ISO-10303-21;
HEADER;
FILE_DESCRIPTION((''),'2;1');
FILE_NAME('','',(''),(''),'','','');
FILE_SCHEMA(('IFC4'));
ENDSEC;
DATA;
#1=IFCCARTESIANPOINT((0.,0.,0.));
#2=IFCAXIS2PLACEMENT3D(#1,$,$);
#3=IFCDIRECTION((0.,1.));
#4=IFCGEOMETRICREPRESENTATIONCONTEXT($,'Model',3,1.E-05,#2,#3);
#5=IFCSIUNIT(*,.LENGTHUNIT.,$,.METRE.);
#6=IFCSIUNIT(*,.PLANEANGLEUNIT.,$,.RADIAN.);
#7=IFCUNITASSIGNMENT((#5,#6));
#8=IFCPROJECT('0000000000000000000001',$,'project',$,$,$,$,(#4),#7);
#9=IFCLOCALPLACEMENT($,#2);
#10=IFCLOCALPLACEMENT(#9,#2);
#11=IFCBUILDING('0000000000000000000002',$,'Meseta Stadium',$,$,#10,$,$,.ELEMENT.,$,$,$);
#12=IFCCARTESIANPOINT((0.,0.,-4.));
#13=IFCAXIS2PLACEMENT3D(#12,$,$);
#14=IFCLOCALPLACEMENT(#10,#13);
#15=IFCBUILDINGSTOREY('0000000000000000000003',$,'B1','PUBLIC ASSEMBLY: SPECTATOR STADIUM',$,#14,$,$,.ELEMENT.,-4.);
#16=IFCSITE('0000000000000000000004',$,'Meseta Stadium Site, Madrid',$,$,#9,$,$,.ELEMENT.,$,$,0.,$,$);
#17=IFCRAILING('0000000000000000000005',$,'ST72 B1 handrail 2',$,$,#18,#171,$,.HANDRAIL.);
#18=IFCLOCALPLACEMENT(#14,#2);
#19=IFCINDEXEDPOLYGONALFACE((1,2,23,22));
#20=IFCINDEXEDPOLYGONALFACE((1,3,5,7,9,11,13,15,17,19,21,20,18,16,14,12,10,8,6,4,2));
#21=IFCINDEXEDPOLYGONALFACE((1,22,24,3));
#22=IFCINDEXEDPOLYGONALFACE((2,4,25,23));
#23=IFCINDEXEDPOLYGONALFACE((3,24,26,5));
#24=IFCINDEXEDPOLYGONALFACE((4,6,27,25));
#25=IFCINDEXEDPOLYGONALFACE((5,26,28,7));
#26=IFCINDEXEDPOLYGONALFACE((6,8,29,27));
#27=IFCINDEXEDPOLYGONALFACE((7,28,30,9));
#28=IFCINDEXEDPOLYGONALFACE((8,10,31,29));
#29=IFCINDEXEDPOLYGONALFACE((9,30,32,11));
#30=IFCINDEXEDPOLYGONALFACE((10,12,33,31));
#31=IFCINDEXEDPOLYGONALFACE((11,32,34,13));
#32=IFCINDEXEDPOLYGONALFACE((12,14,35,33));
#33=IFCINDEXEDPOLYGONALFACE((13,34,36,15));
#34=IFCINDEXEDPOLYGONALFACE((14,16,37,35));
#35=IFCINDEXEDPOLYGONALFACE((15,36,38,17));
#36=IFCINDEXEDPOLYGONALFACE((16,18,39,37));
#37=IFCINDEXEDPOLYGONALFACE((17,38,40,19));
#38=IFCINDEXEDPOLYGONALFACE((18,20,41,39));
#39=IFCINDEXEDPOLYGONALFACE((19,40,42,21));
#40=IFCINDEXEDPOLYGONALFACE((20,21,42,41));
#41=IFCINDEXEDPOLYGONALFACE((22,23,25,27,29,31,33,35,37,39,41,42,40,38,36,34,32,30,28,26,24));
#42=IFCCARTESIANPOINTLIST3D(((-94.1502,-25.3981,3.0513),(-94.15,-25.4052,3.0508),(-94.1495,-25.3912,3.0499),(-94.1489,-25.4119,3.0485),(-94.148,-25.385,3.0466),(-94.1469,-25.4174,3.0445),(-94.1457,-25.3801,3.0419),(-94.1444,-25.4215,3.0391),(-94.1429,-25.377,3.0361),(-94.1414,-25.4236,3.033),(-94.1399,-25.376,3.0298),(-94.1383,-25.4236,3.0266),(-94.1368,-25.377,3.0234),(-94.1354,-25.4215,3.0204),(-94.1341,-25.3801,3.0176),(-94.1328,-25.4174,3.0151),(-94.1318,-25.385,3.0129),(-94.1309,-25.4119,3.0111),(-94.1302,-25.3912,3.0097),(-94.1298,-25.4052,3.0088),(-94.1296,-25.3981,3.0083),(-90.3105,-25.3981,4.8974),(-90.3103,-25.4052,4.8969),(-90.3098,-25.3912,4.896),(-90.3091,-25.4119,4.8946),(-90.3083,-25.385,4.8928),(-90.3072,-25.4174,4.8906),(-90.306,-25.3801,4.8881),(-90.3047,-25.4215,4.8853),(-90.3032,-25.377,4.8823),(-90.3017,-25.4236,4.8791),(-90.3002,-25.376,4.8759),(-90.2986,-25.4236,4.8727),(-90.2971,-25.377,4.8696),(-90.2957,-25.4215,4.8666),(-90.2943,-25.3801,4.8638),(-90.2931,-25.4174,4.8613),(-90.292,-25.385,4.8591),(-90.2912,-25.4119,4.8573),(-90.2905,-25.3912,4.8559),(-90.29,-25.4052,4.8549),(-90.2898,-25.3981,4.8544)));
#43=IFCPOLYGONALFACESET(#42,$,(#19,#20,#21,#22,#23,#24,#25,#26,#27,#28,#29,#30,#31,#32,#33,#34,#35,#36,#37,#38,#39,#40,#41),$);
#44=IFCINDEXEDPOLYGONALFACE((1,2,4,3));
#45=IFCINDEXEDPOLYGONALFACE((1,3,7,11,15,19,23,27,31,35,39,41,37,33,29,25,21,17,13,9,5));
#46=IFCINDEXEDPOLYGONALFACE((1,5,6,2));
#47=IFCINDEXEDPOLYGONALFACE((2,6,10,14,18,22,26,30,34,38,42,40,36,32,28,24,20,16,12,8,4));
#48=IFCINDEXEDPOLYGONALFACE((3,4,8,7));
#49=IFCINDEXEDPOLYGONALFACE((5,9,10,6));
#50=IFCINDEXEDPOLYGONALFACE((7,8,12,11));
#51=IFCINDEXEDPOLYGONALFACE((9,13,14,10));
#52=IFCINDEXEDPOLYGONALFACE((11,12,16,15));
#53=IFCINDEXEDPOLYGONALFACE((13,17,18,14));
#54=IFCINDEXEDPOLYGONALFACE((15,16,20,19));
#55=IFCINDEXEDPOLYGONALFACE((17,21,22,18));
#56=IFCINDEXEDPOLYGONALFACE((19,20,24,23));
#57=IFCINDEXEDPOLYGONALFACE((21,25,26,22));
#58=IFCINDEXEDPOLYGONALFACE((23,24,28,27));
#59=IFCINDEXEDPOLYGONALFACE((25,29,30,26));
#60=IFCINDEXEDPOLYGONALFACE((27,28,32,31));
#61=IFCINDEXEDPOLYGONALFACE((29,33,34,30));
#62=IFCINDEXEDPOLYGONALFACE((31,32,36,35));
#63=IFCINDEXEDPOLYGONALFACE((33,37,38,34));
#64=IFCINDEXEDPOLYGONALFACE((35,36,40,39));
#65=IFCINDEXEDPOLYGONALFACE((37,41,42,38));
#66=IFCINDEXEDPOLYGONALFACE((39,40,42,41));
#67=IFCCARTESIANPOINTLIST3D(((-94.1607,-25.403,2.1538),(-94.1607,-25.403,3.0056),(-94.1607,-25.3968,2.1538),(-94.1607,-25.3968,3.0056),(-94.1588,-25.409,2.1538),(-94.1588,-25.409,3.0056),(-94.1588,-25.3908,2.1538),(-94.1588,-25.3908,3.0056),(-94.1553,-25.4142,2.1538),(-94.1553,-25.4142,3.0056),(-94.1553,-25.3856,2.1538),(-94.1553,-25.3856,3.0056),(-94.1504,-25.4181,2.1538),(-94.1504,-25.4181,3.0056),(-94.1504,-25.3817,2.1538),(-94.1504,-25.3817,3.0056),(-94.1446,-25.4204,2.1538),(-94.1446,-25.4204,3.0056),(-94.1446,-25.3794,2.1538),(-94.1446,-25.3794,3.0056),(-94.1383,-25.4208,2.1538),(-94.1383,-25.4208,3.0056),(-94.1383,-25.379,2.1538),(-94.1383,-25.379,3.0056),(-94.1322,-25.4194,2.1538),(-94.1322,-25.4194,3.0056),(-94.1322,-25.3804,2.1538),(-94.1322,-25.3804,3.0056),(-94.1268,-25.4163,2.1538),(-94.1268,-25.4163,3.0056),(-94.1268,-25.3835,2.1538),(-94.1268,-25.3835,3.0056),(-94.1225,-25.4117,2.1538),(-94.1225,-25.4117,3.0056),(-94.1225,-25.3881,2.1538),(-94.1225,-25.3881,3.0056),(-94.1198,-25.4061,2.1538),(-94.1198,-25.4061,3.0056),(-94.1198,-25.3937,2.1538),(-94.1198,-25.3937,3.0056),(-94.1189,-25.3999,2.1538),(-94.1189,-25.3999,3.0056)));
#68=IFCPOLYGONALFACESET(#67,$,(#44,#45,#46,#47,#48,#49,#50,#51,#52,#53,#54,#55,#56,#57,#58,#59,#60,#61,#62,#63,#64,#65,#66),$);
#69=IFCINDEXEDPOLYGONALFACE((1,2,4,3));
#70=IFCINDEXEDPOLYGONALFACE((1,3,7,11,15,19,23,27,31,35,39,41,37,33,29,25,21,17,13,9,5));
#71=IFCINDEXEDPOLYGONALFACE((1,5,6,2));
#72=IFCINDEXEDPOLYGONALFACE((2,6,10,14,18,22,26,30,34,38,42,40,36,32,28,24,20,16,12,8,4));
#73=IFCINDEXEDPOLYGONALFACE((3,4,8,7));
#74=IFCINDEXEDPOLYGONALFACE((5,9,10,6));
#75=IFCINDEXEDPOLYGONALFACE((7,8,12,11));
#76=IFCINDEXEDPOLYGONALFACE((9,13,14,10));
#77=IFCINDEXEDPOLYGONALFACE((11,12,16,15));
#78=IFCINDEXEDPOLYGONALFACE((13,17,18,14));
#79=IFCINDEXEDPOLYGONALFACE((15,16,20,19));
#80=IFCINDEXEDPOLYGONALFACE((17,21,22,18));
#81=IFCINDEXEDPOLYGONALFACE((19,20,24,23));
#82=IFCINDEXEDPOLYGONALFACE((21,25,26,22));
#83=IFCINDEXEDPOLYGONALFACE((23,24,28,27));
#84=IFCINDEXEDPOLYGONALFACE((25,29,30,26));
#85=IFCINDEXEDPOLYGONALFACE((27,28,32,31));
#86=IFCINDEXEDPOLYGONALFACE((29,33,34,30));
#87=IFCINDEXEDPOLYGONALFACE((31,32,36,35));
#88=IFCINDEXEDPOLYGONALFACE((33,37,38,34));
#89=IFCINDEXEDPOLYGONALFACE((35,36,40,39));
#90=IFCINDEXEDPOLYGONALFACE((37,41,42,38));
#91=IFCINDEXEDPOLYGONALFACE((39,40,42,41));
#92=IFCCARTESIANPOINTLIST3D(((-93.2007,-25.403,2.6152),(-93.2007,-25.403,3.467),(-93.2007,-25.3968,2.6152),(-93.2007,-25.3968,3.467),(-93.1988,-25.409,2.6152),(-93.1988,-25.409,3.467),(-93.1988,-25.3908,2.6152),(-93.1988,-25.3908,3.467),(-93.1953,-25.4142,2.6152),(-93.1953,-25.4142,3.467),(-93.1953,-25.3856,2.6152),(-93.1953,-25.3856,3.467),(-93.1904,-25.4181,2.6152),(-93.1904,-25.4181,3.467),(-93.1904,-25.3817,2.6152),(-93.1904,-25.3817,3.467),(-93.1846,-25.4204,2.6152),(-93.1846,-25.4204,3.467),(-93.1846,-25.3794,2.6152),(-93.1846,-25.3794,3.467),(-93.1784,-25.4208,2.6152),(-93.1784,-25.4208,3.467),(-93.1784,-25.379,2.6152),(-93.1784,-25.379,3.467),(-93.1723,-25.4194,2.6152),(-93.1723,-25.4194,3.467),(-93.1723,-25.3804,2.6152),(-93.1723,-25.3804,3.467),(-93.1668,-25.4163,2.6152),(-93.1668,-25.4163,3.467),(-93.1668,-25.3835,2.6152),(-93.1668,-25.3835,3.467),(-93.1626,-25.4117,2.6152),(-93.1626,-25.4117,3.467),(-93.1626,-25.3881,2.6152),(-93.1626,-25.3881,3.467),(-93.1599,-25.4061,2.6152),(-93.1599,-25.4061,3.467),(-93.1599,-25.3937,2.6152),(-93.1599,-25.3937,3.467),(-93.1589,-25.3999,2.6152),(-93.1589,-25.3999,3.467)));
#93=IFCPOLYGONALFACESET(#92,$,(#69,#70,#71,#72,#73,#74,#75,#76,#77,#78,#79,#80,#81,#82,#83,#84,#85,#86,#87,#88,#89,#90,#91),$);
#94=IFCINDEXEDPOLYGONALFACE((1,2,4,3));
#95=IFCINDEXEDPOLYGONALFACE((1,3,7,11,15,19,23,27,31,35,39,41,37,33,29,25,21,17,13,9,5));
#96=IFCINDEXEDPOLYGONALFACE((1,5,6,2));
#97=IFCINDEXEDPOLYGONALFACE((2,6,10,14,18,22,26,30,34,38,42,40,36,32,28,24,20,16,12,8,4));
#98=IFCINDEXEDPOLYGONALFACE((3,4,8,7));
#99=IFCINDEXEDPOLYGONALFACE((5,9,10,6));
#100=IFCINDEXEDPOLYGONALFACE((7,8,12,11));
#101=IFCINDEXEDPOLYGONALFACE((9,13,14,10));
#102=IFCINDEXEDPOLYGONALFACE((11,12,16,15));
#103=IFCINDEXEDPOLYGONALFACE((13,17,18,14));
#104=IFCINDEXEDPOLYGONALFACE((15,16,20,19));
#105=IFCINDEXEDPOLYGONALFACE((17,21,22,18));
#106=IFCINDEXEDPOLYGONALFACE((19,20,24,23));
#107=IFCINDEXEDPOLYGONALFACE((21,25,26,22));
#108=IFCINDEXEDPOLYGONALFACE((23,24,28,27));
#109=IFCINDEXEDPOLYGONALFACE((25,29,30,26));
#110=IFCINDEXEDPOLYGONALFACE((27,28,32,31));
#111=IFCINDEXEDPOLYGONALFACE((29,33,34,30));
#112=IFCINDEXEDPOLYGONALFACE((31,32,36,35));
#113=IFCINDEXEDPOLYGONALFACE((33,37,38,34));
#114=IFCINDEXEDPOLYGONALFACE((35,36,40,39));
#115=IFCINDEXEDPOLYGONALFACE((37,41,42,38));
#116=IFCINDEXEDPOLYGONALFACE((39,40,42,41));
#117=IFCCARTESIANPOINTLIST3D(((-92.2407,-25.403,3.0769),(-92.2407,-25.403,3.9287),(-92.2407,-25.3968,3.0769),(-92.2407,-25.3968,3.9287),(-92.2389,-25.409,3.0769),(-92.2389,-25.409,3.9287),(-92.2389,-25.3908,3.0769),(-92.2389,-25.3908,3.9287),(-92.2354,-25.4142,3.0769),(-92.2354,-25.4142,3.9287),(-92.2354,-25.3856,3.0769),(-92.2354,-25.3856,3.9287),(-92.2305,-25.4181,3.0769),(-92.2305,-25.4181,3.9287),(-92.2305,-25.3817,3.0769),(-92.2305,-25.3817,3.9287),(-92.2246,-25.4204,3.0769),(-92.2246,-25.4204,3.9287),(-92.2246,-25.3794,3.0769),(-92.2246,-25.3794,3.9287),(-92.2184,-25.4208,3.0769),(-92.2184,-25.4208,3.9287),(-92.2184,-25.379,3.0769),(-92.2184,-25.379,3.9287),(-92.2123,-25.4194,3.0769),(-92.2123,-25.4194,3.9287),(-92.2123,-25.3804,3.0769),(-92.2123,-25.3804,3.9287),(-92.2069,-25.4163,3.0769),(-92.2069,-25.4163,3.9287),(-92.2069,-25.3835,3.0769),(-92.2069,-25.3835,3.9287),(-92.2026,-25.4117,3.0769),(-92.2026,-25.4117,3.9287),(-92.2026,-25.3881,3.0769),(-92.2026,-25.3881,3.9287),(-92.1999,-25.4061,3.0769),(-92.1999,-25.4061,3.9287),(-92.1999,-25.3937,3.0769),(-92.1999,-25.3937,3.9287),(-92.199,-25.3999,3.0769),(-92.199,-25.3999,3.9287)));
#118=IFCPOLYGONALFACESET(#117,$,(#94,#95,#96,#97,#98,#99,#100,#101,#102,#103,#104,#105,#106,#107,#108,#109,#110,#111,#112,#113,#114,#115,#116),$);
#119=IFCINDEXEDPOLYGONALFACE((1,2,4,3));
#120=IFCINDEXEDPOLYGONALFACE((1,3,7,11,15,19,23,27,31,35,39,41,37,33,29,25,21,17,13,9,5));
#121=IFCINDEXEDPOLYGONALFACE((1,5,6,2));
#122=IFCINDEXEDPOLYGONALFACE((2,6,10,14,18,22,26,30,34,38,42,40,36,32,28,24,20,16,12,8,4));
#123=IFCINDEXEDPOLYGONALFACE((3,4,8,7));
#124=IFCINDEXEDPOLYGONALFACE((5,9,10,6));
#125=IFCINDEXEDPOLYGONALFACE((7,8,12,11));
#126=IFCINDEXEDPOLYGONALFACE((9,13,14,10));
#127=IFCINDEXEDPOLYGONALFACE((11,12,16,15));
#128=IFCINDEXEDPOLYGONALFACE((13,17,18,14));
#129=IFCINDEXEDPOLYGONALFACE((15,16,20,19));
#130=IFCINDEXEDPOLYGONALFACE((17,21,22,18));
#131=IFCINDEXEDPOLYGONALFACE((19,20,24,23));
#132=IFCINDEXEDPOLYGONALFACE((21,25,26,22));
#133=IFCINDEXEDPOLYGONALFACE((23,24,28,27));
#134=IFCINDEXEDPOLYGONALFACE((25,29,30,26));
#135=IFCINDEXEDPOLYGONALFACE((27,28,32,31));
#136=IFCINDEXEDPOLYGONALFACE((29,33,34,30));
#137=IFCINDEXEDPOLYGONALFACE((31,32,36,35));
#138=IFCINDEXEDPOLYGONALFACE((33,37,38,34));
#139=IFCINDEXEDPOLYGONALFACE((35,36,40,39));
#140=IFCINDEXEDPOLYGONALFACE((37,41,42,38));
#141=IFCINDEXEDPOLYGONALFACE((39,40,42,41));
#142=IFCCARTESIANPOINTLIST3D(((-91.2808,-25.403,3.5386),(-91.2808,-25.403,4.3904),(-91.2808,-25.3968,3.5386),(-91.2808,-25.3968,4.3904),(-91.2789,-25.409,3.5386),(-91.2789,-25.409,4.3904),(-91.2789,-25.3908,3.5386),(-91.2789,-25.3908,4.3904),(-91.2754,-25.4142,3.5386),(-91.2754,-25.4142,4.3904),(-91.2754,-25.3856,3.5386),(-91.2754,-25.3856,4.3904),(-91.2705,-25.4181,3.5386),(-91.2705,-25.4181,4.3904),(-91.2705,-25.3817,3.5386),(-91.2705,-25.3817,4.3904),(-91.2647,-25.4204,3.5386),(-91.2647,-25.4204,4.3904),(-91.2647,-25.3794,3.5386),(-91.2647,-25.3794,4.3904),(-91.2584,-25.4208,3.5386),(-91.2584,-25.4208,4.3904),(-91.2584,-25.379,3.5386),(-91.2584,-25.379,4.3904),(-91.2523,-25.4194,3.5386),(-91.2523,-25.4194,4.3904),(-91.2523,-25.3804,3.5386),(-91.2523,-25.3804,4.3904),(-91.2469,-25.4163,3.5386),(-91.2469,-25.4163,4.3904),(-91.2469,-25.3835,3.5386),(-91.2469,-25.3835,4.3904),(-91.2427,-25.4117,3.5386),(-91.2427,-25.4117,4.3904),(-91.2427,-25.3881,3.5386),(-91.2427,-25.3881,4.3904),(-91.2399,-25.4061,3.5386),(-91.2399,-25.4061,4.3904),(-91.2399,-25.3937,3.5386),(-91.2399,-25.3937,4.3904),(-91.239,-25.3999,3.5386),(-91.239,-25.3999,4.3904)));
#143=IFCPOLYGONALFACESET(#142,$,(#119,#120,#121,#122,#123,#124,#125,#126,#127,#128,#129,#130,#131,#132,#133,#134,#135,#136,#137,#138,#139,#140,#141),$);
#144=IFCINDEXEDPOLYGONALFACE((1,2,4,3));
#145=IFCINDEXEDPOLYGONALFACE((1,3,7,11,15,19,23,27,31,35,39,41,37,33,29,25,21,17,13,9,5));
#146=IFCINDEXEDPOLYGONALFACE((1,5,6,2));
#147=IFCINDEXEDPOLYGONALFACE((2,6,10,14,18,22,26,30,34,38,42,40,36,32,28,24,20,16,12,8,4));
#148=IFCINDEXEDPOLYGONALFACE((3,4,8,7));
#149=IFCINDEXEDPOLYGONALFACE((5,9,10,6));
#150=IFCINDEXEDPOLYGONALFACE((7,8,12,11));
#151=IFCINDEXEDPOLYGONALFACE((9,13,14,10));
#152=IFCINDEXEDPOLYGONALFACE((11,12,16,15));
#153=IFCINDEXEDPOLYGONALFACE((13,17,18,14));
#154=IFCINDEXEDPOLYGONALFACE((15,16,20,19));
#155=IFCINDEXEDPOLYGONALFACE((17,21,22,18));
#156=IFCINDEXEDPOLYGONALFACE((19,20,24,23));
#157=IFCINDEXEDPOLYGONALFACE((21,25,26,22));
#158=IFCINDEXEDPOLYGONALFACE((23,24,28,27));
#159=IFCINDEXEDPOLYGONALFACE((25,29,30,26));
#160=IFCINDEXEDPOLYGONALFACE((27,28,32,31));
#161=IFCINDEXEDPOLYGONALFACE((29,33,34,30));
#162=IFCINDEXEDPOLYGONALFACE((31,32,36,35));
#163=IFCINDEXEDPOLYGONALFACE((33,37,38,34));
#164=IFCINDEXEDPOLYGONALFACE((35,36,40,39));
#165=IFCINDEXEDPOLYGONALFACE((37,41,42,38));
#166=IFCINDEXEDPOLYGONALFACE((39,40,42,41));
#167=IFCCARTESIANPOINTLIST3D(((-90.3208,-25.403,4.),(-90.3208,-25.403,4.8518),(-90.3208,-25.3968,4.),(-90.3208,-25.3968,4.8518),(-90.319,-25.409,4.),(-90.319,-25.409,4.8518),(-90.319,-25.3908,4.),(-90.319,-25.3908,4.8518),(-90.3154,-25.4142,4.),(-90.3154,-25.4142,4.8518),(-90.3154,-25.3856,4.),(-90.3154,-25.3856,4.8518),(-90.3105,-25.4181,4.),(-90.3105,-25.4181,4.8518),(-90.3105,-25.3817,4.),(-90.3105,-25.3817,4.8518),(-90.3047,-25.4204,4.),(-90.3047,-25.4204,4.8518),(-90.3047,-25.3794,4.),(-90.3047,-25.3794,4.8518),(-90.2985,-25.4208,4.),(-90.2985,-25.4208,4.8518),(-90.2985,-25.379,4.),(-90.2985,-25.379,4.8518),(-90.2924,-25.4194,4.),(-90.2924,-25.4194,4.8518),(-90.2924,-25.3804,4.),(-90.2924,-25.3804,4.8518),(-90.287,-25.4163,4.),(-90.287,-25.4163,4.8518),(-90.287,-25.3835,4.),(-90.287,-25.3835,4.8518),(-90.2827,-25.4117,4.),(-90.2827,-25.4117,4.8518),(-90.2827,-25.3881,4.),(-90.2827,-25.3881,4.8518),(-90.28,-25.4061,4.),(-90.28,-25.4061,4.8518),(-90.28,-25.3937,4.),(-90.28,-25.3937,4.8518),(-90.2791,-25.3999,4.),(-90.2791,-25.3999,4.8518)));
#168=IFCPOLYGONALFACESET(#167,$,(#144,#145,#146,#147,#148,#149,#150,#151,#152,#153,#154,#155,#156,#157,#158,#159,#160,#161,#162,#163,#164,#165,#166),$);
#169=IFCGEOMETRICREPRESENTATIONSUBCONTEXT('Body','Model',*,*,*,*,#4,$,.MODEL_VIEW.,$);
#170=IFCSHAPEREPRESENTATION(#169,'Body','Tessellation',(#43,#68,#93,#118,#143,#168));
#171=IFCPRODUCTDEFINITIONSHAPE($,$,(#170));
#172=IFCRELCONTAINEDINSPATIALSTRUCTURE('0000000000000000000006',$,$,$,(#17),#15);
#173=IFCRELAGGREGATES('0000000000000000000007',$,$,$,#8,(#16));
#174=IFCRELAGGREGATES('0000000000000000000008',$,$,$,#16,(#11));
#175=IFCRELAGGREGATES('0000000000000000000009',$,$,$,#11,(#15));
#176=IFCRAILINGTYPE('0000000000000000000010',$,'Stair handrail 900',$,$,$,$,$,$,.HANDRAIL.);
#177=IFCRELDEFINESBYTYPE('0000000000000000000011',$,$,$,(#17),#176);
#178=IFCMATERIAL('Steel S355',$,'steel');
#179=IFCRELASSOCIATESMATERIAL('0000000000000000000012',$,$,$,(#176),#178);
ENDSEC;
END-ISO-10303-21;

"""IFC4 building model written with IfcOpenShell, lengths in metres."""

from ifc_helpers import new_model, si_unit, direction, frame, origin, origin_2d, place, context, subcontext, project, spatial, circle, extrude, material, type_object, element, save


model = new_model("IFC4")

# Units and contexts
model_context = context("Model", 3, precision=1e-05, world=origin(), true_north=direction((0.0, 1.0)))
body_context = subcontext(model_context, "Body", "Model", "MODEL_VIEW")
ifc_project = project(units=[si_unit("LENGTHUNIT", "METRE"), si_unit("PLANEANGLEUNIT", "RADIAN")], contexts=[model_context])

# Site, building, storey
site_placement = place(None, origin())
site = spatial("IfcSite", under=ifc_project, at=site_placement, Name="Meseta Stadium Site, Madrid", CompositionType="ELEMENT", RefElevation=0.0)
building_placement = place(site_placement, origin())
building = spatial("IfcBuilding", under=site, at=building_placement, Name="Meseta Stadium", CompositionType="ELEMENT")
storey_placement = place(building_placement, frame((0.0, 0.0, -4.0)))
storey = spatial("IfcBuildingStorey", under=building, at=storey_placement, Name="B1", Description="PUBLIC ASSEMBLY: SPECTATOR STADIUM", CompositionType="ELEMENT", Elevation=-4.0)

# Railing
ifc_material_1 = material(Name="Steel S355", Category="steel")
railing_type_1 = type_object("IfcRailingType", Name="Stair handrail 900", PredefinedType="HANDRAIL", material=ifc_material_1)
railing_1_placement = place(storey_placement, frame((-94.1399, -25.3999, 2.1538)))
element("IfcRailing", 1, at=railing_1_placement, inside=storey, type_object=railing_type_1, Name="ST72 B1 handrail 2", PredefinedType="HANDRAIL", context=body_context, shape_type="SweptSolid", body=[
    extrude(circle(Radius=0.0239, at=origin_2d()), frame((0.0, 0.0, 0.876), z_axis=(0.901242, 0.0, 0.433316), x_axis=(0.0, 1.0, 0.0)), (0.0, 0.0, 1.0), 4.2605),
    extrude(circle(Radius=0.021, at=origin_2d()), origin(), (0.0, 0.0, 1.0), 0.8518),
    extrude(circle(Radius=0.021, at=origin_2d()), frame((0.96, 0.0, 0.4614)), (0.0, 0.0, 1.0), 0.8518),
    extrude(circle(Radius=0.021, at=origin_2d()), frame((1.9199, 0.0, 0.9231)), (0.0, 0.0, 1.0), 0.8518),
    extrude(circle(Radius=0.021, at=origin_2d()), frame((2.8799, 0.0, 1.3848)), (0.0, 0.0, 1.0), 0.8518),
    extrude(circle(Radius=0.021, at=origin_2d()), frame((3.8398, 0.0, 1.8462)), (0.0, 0.0, 1.0), 0.8518),
])

save(model, "model.ifc")
